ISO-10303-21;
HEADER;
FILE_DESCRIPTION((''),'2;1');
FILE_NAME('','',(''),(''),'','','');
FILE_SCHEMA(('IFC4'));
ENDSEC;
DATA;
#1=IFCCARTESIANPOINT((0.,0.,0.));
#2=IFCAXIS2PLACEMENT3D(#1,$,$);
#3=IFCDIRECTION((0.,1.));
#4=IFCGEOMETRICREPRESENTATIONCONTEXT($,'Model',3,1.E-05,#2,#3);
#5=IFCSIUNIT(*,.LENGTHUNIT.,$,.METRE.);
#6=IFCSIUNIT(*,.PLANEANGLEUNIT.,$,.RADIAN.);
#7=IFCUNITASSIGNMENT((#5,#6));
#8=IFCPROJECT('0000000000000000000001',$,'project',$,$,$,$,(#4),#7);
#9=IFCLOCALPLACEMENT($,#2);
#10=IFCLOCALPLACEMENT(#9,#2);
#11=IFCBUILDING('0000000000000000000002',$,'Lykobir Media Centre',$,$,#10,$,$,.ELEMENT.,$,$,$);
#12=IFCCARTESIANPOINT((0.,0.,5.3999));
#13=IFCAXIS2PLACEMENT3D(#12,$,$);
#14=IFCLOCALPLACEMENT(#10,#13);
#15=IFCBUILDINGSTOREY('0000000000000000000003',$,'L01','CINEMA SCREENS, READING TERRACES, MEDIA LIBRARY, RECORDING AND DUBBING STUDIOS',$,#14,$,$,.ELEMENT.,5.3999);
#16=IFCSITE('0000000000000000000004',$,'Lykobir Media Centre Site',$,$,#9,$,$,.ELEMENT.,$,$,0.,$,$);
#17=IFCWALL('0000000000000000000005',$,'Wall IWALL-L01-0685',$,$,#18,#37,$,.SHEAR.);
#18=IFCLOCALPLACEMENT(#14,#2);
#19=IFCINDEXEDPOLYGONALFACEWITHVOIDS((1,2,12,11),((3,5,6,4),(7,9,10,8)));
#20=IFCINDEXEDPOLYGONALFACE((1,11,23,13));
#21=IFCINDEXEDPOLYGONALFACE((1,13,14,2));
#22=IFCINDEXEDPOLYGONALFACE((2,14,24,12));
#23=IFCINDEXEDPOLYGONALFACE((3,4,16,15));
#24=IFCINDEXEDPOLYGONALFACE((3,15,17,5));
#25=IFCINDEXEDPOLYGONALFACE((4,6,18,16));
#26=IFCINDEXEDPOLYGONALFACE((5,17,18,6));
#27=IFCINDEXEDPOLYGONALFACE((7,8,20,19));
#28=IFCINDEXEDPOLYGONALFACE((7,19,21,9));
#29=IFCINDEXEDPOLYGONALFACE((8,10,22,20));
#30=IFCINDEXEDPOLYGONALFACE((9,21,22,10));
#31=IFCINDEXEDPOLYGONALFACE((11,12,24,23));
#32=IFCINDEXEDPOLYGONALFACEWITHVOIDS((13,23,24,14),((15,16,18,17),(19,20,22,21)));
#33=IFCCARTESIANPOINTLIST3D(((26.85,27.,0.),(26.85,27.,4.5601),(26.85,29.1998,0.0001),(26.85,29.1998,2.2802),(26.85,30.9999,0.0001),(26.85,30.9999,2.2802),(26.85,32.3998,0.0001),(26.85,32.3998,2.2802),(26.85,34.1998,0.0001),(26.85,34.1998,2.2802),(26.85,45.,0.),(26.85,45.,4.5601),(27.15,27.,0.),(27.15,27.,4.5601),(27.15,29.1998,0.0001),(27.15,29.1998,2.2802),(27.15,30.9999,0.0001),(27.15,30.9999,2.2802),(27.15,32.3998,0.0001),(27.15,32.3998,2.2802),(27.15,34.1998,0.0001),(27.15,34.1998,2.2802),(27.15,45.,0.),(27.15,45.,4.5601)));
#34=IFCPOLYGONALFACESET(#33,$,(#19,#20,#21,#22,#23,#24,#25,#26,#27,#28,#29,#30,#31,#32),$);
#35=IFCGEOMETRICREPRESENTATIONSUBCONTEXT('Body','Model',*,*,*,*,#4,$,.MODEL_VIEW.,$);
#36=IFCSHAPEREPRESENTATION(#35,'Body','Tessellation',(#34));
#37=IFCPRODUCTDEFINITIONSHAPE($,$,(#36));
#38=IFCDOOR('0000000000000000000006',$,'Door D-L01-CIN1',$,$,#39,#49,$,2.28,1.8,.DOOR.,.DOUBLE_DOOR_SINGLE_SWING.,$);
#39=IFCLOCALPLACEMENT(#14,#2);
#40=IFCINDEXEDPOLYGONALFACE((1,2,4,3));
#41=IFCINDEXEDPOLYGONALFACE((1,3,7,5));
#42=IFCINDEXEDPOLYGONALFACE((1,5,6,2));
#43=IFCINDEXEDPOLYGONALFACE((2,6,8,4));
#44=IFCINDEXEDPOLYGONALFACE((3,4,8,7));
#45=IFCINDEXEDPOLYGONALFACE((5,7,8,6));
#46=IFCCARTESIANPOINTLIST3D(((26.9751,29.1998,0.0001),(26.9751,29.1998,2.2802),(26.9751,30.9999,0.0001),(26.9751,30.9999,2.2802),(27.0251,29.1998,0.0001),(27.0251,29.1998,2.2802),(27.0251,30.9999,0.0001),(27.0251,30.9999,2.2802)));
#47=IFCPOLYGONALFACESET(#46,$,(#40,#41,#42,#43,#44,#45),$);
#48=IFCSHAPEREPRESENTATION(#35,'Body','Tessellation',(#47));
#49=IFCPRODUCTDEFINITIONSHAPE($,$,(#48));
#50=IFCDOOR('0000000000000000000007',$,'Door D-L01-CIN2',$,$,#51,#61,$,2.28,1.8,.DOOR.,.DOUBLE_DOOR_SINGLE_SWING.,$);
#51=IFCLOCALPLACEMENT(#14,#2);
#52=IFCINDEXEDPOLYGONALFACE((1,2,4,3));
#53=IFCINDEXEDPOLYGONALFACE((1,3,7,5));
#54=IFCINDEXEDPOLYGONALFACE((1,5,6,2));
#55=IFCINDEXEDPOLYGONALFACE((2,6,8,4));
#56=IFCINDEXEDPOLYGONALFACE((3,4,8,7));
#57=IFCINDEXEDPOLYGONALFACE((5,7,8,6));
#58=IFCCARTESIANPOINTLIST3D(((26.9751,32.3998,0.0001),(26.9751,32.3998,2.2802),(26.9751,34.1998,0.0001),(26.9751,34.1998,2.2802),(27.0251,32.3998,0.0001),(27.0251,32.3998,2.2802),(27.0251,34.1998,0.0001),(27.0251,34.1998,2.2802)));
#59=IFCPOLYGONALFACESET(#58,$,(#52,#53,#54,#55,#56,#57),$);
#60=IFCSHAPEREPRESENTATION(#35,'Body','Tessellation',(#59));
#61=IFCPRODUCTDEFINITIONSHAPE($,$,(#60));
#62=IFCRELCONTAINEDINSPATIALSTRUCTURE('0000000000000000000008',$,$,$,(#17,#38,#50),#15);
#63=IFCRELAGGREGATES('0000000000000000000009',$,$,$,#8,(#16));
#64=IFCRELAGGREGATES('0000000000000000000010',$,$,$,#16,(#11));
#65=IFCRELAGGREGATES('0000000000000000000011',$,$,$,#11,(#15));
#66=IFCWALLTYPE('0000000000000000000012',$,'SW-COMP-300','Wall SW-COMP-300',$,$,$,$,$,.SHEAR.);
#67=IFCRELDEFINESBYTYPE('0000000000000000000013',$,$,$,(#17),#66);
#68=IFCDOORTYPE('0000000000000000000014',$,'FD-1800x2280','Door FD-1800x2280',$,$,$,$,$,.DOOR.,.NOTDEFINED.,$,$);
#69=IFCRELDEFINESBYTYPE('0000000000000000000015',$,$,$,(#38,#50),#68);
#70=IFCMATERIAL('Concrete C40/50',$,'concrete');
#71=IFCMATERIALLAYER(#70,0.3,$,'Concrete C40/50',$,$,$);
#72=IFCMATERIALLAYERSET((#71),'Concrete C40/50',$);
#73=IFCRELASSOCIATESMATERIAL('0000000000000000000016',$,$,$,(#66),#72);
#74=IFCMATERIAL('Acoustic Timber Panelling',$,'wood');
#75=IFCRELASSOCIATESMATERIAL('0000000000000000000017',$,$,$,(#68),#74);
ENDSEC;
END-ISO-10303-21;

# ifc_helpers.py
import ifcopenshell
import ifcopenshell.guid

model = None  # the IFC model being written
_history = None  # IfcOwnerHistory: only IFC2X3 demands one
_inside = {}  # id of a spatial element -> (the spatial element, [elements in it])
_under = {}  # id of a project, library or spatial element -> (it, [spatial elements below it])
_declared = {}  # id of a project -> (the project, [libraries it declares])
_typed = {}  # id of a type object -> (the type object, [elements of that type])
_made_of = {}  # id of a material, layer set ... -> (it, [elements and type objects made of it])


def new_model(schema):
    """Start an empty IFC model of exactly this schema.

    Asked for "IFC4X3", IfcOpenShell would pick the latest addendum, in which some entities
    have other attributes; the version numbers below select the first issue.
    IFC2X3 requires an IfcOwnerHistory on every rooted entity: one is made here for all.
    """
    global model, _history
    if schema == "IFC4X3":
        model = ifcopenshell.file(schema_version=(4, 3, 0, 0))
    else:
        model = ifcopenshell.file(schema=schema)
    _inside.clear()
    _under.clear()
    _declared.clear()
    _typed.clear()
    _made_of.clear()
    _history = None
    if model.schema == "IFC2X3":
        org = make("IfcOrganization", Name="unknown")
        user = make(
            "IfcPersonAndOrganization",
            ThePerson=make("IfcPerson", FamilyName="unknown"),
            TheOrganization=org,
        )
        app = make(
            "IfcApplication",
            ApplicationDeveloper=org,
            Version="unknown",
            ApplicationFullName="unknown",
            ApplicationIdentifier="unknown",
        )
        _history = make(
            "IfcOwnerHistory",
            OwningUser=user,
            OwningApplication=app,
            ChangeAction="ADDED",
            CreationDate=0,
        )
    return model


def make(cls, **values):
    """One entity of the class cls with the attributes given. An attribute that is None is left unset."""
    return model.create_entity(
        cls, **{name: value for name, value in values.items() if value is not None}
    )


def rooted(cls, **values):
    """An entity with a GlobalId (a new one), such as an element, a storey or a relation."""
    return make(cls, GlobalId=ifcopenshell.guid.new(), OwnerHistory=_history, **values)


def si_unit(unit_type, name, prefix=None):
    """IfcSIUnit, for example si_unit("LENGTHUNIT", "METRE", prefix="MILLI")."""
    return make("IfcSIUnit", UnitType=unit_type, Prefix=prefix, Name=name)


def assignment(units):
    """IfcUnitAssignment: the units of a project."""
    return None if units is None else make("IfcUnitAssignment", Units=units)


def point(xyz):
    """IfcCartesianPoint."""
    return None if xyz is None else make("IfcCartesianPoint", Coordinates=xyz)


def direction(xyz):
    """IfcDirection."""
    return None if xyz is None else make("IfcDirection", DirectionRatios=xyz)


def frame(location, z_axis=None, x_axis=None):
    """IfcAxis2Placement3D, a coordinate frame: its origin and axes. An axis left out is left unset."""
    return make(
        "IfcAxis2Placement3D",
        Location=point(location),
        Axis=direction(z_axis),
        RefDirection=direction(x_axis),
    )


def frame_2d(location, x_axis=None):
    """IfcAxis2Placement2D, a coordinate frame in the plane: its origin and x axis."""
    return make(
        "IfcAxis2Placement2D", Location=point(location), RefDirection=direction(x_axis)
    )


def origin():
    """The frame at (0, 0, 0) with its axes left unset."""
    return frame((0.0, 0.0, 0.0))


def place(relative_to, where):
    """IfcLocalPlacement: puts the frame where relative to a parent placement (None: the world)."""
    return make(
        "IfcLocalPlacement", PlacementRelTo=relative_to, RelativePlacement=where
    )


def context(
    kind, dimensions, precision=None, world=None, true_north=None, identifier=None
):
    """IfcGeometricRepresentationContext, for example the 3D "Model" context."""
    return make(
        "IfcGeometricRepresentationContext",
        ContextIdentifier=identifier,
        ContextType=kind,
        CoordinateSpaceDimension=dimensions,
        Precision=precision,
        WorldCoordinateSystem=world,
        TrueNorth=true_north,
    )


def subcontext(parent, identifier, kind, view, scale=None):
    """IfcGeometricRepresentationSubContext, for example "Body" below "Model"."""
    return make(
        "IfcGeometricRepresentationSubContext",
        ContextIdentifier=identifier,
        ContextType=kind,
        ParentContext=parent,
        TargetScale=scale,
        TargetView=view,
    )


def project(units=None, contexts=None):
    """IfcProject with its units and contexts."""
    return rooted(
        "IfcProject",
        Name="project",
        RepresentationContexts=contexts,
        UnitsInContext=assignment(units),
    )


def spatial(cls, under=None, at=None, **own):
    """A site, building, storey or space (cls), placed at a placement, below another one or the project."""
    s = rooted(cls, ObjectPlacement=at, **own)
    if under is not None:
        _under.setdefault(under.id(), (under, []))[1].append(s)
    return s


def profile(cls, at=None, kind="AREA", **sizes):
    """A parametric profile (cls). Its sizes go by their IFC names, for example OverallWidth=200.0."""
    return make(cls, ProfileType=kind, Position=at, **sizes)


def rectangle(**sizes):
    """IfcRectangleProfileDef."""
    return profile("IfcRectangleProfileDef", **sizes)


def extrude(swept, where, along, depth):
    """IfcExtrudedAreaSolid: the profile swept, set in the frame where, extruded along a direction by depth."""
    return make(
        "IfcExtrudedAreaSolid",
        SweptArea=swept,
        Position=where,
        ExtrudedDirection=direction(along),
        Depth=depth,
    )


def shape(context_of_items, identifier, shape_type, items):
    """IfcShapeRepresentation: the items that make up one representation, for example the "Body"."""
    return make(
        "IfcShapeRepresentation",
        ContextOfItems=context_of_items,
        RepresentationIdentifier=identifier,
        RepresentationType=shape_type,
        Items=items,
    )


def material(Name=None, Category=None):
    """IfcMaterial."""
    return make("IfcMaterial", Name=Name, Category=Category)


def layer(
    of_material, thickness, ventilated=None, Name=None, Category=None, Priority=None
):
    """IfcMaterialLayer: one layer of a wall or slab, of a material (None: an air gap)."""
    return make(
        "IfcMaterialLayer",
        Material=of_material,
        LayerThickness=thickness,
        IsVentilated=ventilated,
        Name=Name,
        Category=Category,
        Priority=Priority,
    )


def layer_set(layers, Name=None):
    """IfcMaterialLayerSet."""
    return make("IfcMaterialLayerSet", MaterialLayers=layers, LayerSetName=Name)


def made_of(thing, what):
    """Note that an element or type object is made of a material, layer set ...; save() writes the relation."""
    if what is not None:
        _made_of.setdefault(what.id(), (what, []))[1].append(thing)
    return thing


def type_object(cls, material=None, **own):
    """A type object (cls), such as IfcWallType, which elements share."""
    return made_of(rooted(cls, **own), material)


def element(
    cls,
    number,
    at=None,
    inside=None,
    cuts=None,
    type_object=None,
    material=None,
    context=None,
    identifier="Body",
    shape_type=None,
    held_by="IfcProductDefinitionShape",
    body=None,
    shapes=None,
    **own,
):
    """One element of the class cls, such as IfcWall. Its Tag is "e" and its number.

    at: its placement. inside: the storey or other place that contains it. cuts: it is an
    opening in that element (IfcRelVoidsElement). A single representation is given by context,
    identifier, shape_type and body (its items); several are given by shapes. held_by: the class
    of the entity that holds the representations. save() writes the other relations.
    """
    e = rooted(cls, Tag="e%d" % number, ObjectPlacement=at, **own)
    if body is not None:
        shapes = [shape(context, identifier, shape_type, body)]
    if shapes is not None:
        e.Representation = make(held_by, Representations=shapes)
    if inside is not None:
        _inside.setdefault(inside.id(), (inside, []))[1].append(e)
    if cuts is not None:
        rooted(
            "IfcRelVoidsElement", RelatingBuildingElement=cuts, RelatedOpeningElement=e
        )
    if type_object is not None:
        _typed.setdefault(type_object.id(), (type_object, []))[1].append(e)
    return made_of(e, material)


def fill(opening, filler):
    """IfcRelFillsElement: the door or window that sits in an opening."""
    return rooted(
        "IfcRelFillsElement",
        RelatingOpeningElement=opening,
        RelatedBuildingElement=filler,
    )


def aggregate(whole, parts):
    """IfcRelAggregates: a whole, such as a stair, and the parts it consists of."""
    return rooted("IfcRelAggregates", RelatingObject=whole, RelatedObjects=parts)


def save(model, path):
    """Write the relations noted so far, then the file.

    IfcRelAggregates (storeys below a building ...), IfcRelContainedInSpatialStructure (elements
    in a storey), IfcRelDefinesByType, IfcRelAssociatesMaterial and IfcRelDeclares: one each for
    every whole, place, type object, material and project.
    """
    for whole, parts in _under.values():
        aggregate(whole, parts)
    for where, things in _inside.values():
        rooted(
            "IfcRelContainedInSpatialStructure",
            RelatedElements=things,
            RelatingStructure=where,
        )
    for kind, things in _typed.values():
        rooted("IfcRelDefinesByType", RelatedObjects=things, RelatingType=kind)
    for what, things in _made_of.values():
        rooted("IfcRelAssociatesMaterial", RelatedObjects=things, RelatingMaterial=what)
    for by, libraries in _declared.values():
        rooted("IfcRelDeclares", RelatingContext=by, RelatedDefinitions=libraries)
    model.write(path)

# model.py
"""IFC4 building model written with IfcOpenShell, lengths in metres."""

from ifc_helpers import new_model, si_unit, direction, frame, frame_2d, origin, place, context, subcontext, project, spatial, rectangle, extrude, material, layer, layer_set, type_object, element, fill, save


model = new_model("IFC4")

# Units and contexts
model_context = context("Model", 3, precision=1e-05, world=origin(), true_north=direction((0.0, 1.0)))
body_context = subcontext(model_context, "Body", "Model", "MODEL_VIEW")
ifc_project = project(units=[si_unit("LENGTHUNIT", "METRE"), si_unit("PLANEANGLEUNIT", "RADIAN")], contexts=[model_context])

# Site, building, storey
site_placement = place(None, origin())
site = spatial("IfcSite", under=ifc_project, at=site_placement, Name="Lykobir Media Centre Site", CompositionType="ELEMENT", RefElevation=0.0)
building_placement = place(site_placement, origin())
building = spatial("IfcBuilding", under=site, at=building_placement, Name="Lykobir Media Centre", CompositionType="ELEMENT")
storey_placement = place(building_placement, frame((0.0, 0.0, 5.3999)))
storey = spatial("IfcBuildingStorey", under=building, at=storey_placement, Name="L01", Description="CINEMA SCREENS, READING TERRACES, MEDIA LIBRARY, RECORDING AND DUBBING STUDIOS", CompositionType="ELEMENT", Elevation=5.3999)

# Shared definitions
ifc_material_1 = material(Name="Concrete C40/50", Category="concrete")

# Wall, openings, doors
ifc_layer_1 = layer(ifc_material_1, 0.3, Name="Concrete C40/50")
ifc_layer_set_1 = layer_set([ifc_layer_1], Name="Concrete C40/50")
wall_type = type_object("IfcWallType", Name="SW-COMP-300", Description="Wall SW-COMP-300", PredefinedType="SHEAR", material=ifc_layer_set_1)
wall_placement = place(storey_placement, frame((27.0, 27.0, 0.0), z_axis=(0.0, 0.0, 1.0), x_axis=(0.0, 1.0, 0.0)))
wall = element("IfcWall", 1, at=wall_placement, inside=storey, type_object=wall_type, Name="Wall IWALL-L01-0685", PredefinedType="SHEAR", context=body_context, shape_type="SweptSolid", body=[
    extrude(rectangle(XDim=18.0, YDim=0.3, at=frame_2d((9.0, 0.0))), origin(), (0.0, 0.0, 1.0), 4.5601),
])
opening_1_placement = place(wall_placement, frame((2.2, 0.0, 0.0)))
opening_1 = element("IfcOpeningElement", 2, at=opening_1_placement, cuts=wall, PredefinedType="OPENING", context=body_context, shape_type="SweptSolid", body=[
    extrude(rectangle(XDim=1.8, YDim=2.28, at=frame_2d((0.8999, 1.1401))), frame((0.0, 0.1599, 0.0), z_axis=(0.0, -1.0, 0.0), x_axis=(1.0, 0.0, 0.0)), (0.0, 0.0, 1.0), 0.3201),
])
opening_2_placement = place(wall_placement, frame((5.3999, 0.0, 0.0)))
opening_2 = element("IfcOpeningElement", 3, at=opening_2_placement, cuts=wall, PredefinedType="OPENING", context=body_context, shape_type="SweptSolid", body=[
    extrude(rectangle(XDim=1.8, YDim=2.28, at=frame_2d((0.8999, 1.1401))), frame((0.0, 0.1599, 0.0), z_axis=(0.0, -1.0, 0.0), x_axis=(1.0, 0.0, 0.0)), (0.0, 0.0, 1.0), 0.3201),
])
ifc_material_2 = material(Name="Acoustic Timber Panelling", Category="wood")
door_type = type_object("IfcDoorType", Name="FD-1800x2280", Description="Door FD-1800x2280", OperationType="NOTDEFINED", PredefinedType="DOOR", material=ifc_material_2)
door_1_placement = place(opening_1_placement, origin())
door_1 = element("IfcDoor", 4, at=door_1_placement, inside=storey, type_object=door_type, Name="Door D-L01-CIN1", OperationType="DOUBLE_DOOR_SINGLE_SWING", OverallHeight=2.28, OverallWidth=1.8, PredefinedType="DOOR", context=body_context, shape_type="SweptSolid", body=[
    extrude(rectangle(XDim=1.8, YDim=2.28, at=frame_2d((0.8999, 1.1401))), frame((0.0, 0.0249, 0.0), z_axis=(0.0, -1.0, 0.0), x_axis=(1.0, 0.0, 0.0)), (0.0, 0.0, 1.0), 0.05),
])
fill(opening_1, door_1)
door_2_placement = place(opening_2_placement, origin())
door_2 = element("IfcDoor", 5, at=door_2_placement, inside=storey, type_object=door_type, Name="Door D-L01-CIN2", OperationType="DOUBLE_DOOR_SINGLE_SWING", OverallHeight=2.28, OverallWidth=1.8, PredefinedType="DOOR", context=body_context, shape_type="SweptSolid", body=[
    extrude(rectangle(XDim=1.8, YDim=2.28, at=frame_2d((0.8999, 1.1401))), frame((0.0, 0.0249, 0.0), z_axis=(0.0, -1.0, 0.0), x_axis=(1.0, 0.0, 0.0)), (0.0, 0.0, 1.0), 0.05),
])
fill(opening_2, door_2)

save(model, "model.ifc")
